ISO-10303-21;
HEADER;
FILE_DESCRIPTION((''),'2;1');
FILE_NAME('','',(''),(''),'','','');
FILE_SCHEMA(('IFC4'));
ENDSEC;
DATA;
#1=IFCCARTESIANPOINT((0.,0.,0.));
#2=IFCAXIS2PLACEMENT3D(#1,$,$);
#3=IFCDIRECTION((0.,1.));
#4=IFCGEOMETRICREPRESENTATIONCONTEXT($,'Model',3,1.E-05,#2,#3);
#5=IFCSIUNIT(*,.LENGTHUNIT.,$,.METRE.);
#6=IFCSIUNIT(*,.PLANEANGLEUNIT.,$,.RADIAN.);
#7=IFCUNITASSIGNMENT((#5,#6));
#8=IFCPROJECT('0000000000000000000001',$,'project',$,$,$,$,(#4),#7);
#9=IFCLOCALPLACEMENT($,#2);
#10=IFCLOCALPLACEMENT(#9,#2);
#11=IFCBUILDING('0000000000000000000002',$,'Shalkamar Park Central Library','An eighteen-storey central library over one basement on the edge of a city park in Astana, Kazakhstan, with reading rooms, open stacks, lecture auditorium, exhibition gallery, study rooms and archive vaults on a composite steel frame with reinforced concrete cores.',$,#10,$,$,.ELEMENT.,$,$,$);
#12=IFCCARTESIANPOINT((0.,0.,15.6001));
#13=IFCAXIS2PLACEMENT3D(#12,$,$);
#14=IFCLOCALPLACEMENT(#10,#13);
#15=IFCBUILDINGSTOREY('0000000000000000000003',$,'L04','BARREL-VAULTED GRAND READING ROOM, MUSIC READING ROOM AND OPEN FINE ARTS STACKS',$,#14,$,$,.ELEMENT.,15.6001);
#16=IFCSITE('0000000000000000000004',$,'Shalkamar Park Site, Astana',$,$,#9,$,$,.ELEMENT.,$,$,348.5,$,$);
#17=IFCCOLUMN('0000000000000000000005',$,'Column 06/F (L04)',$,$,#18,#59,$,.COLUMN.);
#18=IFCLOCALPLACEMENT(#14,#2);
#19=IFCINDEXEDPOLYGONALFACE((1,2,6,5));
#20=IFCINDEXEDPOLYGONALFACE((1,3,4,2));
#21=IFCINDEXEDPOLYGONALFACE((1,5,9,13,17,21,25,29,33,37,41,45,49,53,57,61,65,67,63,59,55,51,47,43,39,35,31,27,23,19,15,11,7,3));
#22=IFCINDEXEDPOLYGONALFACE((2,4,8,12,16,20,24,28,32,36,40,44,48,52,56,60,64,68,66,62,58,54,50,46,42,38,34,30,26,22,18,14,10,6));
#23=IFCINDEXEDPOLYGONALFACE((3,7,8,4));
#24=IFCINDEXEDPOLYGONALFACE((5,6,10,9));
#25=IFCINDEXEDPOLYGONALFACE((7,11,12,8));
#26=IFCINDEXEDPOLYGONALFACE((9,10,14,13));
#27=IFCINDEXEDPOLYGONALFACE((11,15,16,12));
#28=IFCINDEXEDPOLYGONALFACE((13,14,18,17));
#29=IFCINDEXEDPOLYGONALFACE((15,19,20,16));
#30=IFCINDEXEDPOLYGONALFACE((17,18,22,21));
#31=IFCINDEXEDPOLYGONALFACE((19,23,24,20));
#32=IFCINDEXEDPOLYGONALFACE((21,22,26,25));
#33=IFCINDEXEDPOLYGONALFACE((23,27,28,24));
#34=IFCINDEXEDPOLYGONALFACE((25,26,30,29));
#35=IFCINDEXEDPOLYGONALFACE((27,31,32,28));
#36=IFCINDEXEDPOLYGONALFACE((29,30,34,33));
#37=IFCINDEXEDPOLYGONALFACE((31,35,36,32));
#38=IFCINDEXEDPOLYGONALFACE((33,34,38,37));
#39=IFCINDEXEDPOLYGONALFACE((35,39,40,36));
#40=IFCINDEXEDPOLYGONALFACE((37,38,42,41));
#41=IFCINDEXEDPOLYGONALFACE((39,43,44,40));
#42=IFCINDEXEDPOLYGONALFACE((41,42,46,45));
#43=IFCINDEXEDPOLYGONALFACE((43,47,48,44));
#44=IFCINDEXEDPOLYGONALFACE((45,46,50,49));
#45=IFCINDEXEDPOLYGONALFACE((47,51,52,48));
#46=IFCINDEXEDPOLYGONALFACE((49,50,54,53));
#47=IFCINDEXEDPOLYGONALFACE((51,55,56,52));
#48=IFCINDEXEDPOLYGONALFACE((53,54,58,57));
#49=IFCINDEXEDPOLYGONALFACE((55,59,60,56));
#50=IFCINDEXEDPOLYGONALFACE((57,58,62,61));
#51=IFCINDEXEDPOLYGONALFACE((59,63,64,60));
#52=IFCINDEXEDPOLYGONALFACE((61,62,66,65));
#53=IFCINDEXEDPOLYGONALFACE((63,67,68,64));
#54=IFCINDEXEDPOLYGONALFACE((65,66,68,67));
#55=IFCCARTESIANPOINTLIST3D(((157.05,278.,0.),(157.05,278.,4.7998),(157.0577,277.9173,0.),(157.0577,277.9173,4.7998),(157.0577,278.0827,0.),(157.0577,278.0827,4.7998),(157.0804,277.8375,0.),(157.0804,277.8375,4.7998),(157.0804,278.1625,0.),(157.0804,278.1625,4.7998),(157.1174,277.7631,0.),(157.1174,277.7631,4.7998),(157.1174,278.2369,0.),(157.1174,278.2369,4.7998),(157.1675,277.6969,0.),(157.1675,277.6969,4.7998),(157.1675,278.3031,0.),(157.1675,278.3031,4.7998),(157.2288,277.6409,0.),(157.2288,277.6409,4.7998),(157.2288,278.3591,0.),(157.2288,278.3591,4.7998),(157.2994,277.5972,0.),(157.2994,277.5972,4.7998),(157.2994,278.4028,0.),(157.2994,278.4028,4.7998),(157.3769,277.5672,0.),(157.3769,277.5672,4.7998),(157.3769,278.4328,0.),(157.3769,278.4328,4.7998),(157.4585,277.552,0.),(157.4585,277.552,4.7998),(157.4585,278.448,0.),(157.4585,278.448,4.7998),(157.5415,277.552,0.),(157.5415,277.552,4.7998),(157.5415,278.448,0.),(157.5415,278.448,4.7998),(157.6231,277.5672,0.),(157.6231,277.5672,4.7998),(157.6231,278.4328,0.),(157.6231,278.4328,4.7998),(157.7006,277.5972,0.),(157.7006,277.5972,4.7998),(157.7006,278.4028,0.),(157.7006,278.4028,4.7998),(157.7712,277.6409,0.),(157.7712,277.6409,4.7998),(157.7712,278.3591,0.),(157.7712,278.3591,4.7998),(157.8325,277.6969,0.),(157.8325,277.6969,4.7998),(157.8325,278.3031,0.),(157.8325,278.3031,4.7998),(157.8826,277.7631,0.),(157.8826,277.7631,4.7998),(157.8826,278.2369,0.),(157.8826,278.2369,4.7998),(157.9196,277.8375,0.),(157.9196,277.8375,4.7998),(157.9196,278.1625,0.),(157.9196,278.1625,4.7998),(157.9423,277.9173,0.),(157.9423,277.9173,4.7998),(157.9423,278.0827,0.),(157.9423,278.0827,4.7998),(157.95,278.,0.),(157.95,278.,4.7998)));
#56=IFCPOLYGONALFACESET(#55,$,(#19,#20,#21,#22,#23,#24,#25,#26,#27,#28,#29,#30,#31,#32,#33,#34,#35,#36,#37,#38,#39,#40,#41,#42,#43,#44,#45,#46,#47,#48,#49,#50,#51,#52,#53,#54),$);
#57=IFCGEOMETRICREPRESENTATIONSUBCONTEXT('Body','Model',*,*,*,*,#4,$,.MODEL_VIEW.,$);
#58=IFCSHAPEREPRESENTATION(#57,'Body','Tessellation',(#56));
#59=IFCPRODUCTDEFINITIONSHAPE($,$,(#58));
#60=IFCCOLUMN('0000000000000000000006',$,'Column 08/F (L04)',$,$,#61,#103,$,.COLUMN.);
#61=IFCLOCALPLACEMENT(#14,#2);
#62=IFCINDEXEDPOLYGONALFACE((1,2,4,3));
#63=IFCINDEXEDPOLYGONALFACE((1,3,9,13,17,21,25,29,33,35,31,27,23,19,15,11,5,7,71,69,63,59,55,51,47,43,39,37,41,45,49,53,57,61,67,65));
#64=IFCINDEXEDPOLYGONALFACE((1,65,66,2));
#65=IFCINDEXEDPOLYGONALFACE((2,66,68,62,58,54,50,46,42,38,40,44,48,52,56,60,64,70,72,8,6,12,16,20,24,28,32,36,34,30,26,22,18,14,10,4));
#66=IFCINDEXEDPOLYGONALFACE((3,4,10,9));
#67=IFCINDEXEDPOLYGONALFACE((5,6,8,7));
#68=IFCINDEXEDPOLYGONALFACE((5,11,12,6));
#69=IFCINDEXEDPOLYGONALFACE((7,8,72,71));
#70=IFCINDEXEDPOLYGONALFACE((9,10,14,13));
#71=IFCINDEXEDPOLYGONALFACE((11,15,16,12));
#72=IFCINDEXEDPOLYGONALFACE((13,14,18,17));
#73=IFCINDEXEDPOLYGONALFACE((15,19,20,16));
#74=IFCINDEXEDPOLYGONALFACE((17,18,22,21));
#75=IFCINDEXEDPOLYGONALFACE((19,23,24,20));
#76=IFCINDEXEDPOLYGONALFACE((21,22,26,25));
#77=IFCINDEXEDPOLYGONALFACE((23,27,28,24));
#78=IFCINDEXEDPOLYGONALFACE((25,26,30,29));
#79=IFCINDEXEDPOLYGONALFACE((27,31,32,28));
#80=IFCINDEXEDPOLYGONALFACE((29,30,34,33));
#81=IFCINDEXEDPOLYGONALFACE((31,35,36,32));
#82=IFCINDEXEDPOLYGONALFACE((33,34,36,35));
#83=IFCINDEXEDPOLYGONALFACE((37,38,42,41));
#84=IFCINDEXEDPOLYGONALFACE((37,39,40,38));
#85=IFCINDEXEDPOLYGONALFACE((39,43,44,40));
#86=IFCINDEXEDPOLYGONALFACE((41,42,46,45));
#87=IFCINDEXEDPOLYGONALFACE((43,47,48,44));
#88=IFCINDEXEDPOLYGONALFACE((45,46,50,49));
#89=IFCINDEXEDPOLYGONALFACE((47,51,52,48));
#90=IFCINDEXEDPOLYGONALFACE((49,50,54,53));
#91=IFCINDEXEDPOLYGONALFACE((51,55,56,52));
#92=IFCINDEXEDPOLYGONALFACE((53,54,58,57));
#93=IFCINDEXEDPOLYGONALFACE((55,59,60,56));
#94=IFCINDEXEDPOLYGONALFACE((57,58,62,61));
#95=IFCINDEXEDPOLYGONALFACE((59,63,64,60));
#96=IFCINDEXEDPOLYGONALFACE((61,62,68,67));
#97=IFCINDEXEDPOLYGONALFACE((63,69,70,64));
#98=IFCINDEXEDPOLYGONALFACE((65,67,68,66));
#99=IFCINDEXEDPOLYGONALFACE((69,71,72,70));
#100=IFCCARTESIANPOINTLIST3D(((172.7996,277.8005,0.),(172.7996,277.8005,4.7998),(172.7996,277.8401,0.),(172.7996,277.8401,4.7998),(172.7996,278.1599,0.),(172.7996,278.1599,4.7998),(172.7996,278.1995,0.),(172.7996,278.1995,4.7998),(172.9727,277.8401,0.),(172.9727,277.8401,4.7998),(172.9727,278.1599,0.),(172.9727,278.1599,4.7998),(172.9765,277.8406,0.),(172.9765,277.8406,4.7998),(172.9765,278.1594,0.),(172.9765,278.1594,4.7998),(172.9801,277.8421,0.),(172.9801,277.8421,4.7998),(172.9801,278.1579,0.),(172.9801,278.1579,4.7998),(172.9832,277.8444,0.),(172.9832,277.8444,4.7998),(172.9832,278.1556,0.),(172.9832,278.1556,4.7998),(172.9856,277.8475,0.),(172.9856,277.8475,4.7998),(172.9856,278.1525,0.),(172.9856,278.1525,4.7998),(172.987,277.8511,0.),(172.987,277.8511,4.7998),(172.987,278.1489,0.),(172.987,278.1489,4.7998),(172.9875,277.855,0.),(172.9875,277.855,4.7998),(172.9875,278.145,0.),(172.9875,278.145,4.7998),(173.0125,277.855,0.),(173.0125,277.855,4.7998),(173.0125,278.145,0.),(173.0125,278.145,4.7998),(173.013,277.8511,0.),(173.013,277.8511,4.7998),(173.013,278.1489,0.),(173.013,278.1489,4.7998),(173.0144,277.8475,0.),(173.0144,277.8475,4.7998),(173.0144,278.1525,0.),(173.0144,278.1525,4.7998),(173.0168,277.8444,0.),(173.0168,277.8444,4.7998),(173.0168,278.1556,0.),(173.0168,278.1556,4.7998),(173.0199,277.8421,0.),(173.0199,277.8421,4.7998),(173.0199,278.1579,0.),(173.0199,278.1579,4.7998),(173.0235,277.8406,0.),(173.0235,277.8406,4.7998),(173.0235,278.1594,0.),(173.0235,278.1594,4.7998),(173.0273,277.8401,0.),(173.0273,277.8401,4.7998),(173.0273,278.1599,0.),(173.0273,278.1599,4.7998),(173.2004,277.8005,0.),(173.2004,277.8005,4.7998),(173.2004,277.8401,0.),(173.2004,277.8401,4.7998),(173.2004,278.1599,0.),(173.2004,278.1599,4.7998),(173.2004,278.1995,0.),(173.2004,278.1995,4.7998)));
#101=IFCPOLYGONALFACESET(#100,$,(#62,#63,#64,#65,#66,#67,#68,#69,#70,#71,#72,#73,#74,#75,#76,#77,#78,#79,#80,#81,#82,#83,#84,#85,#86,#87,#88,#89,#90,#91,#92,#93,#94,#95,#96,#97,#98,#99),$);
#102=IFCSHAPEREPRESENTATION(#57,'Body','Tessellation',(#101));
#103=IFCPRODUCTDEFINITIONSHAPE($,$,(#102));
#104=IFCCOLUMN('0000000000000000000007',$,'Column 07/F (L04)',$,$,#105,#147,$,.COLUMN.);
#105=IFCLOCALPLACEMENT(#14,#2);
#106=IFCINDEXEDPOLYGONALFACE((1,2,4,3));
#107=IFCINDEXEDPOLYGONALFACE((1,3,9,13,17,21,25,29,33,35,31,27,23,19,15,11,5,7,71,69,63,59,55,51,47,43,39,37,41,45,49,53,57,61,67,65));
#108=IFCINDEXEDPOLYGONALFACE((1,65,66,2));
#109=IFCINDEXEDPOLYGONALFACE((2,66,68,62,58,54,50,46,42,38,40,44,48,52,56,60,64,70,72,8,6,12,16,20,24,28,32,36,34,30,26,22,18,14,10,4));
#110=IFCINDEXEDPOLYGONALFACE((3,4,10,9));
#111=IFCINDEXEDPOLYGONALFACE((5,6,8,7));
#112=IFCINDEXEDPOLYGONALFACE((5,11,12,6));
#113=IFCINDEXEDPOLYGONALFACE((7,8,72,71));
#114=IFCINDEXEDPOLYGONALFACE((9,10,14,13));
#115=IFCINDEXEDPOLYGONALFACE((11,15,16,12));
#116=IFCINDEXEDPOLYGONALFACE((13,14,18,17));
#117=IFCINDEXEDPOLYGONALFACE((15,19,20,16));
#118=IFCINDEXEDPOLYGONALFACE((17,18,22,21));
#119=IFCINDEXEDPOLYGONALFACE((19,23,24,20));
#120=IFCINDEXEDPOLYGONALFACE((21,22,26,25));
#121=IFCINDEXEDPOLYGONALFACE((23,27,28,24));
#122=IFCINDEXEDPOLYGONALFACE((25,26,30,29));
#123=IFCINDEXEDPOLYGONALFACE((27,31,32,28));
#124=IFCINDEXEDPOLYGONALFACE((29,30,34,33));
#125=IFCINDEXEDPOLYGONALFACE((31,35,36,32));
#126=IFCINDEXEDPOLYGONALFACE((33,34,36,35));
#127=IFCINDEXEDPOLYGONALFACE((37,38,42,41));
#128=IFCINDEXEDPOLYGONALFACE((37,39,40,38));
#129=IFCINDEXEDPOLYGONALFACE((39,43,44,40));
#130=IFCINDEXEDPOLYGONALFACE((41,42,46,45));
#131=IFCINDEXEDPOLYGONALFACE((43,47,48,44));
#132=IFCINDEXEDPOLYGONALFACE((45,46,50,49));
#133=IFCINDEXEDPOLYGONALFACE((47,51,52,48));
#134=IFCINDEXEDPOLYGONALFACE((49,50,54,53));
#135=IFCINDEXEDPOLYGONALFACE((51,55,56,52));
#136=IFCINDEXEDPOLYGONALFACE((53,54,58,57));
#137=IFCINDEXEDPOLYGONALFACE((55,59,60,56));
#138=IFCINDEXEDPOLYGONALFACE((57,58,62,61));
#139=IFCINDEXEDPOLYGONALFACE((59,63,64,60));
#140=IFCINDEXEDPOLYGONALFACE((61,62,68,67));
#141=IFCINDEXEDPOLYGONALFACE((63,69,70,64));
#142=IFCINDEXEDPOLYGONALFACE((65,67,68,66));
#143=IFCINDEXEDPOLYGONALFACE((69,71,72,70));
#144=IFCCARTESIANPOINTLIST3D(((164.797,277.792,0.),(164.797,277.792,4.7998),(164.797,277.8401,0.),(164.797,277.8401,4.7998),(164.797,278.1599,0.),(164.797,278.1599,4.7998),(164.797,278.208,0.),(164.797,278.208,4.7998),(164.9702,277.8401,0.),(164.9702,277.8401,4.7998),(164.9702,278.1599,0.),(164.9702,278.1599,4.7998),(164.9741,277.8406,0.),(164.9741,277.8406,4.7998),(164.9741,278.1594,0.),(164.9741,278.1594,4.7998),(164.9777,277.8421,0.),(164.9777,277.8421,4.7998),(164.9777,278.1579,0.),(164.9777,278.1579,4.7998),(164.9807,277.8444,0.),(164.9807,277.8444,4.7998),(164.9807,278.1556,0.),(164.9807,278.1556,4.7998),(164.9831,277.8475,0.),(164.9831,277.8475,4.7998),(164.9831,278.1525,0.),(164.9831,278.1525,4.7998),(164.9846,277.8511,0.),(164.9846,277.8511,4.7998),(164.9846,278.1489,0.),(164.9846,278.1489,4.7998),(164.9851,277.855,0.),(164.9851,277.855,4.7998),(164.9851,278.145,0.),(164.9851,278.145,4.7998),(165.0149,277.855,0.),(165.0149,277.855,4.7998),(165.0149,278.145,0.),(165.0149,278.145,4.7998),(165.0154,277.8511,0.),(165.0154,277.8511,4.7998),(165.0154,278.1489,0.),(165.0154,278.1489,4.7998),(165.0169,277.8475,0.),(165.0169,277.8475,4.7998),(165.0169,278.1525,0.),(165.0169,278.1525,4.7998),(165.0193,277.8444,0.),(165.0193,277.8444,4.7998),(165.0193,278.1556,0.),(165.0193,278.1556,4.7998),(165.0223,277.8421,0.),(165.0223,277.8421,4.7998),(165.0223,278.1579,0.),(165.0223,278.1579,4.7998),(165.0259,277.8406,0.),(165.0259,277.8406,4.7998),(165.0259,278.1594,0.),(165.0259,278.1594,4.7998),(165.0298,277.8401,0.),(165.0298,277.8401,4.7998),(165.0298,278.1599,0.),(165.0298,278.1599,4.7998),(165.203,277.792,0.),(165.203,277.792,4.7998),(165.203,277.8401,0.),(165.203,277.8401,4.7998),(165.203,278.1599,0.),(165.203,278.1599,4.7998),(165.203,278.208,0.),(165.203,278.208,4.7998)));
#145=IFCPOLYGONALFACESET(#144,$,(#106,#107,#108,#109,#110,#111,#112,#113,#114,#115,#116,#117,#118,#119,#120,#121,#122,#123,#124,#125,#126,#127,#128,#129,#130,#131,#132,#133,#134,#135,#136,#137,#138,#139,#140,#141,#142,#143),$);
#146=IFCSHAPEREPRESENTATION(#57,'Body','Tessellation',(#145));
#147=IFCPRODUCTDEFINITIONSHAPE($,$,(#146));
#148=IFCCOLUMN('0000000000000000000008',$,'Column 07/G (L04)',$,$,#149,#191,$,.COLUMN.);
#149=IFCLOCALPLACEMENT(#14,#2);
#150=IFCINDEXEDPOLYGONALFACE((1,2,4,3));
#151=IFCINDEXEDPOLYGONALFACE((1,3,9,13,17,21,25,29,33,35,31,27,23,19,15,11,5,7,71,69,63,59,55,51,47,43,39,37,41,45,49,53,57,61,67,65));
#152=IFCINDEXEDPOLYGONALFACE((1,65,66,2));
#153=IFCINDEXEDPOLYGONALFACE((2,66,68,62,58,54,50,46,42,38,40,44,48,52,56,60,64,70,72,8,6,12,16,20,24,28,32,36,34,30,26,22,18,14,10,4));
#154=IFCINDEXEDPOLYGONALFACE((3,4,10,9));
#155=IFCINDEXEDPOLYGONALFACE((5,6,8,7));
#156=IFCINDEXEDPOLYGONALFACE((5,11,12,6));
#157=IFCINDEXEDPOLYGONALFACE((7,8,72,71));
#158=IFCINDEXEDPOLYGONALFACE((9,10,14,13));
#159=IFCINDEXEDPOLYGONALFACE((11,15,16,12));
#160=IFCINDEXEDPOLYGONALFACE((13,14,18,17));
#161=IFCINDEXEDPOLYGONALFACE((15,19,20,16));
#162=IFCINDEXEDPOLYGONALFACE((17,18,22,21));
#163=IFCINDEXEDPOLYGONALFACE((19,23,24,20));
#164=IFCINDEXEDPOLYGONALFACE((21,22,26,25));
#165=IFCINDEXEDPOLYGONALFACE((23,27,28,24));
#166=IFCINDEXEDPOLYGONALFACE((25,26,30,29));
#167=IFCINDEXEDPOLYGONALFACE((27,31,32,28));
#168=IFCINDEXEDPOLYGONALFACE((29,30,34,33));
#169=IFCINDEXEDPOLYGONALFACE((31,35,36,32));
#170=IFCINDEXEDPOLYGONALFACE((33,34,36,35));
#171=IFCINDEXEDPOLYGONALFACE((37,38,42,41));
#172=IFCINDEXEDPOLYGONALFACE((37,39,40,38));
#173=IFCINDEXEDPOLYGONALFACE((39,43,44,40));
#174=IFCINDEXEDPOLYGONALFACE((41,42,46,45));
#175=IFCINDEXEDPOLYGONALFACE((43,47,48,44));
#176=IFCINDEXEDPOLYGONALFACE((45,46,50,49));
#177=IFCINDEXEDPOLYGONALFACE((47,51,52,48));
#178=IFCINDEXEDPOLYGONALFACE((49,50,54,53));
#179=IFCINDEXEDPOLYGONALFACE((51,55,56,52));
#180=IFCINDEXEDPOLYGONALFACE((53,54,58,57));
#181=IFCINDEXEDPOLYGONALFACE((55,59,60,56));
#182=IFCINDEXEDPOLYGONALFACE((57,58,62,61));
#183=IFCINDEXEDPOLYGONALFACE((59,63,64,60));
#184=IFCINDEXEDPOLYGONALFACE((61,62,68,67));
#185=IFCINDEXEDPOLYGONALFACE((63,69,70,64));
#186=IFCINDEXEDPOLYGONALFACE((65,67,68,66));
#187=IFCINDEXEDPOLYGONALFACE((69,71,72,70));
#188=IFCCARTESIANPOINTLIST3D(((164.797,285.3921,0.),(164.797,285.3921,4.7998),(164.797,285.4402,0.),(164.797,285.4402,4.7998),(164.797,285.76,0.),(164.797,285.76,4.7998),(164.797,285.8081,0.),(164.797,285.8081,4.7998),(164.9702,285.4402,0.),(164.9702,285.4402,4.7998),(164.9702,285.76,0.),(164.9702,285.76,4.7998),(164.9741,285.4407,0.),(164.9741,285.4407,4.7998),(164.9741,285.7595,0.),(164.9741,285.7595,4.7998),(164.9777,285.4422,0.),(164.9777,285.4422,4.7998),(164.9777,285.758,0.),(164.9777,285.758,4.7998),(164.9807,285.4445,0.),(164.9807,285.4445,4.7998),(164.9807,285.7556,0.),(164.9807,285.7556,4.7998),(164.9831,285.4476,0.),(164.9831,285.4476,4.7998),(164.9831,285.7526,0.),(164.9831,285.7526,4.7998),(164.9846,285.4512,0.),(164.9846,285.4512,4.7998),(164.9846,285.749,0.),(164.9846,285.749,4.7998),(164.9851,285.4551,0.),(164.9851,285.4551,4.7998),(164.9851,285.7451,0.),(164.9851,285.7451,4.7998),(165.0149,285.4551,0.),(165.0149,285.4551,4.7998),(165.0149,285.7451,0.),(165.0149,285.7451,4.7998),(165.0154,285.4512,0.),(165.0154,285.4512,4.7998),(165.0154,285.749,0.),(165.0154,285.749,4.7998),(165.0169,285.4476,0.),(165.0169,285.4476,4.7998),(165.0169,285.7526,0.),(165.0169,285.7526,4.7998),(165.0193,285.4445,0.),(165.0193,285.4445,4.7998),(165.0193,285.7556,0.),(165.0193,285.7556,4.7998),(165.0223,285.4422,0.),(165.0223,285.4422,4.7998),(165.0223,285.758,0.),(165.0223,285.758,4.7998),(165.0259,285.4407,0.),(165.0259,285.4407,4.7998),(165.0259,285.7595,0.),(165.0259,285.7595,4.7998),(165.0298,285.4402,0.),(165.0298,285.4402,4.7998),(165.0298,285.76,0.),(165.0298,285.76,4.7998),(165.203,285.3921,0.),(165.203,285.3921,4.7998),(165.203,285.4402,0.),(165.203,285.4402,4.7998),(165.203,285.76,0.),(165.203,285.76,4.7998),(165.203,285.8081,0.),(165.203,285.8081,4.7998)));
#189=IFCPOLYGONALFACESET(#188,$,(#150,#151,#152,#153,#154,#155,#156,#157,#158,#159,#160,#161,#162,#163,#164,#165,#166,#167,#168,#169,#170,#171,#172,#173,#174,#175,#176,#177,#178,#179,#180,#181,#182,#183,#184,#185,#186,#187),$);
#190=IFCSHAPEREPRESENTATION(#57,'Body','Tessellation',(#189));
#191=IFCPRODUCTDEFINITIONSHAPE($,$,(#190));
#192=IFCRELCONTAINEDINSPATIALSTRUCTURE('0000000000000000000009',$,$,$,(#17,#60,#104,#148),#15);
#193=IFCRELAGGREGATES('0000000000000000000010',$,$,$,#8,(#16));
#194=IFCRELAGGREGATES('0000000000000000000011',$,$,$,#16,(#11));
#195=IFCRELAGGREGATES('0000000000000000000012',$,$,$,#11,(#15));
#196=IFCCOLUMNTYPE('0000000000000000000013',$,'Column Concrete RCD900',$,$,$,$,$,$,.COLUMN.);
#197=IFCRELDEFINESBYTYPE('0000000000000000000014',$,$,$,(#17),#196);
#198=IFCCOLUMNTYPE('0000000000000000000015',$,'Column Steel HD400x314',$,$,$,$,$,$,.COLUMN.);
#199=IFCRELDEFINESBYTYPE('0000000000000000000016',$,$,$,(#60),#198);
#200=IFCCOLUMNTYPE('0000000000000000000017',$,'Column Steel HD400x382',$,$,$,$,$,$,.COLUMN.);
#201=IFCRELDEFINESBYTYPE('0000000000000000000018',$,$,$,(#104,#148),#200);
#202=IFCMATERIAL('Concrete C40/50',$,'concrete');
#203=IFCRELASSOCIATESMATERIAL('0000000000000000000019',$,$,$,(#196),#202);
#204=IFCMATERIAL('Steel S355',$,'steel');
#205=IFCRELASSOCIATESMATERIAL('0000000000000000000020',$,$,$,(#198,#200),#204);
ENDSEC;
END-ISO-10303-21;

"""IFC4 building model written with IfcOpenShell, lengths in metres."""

from ifc_helpers import new_model, si_unit, direction, frame, origin, origin_2d, place, context, subcontext, project, spatial, circle, i_section, extrude, material, material_profile, profile_set, type_object, element, save


model = new_model("IFC4")

# Units and contexts
model_context = context("Model", 3, precision=1e-05, world=origin(), true_north=direction((0.0, 1.0)))
body_context = subcontext(model_context, "Body", "Model", "MODEL_VIEW")
ifc_project = project(units=[si_unit("LENGTHUNIT", "METRE"), si_unit("PLANEANGLEUNIT", "RADIAN")], contexts=[model_context])

# Site, building, storey
site_placement = place(None, origin())
site = spatial("IfcSite", under=ifc_project, at=site_placement, Name="Shalkamar Park Site, Astana", CompositionType="ELEMENT", RefElevation=348.5)
building_placement = place(site_placement, origin())
building = spatial("IfcBuilding", under=site, at=building_placement, Name="Shalkamar Park Central Library", Description="An eighteen-storey central library over one basement on the edge of a city park in Astana, Kazakhstan, with reading rooms, open stacks, lecture auditorium, exhibition gallery, study rooms and archive vaults on a composite steel frame with reinforced concrete cores.", CompositionType="ELEMENT")
storey_placement = place(building_placement, frame((0.0, 0.0, 15.6001)))
storey = spatial("IfcBuildingStorey", under=building, at=storey_placement, Name="L04", Description="BARREL-VAULTED GRAND READING ROOM, MUSIC READING ROOM AND OPEN FINE ARTS STACKS", CompositionType="ELEMENT", Elevation=15.6001)

# Columns
ifc_material_1 = material(Name="Concrete C40/50", Category="concrete")
ifc_material_profile_1 = material_profile(ifc_material_1, circle(Radius=0.45, at=origin_2d()), Name="RC D900")
ifc_profile_set_1 = profile_set([ifc_material_profile_1], Name="Concrete C40/50")
column_type_1 = type_object("IfcColumnType", Name="Column Concrete RCD900", PredefinedType="COLUMN", material=ifc_profile_set_1)
column_1_placement = place(storey_placement, frame((157.5, 278.0, 0.0), z_axis=(0.0, 0.0, 1.0), x_axis=(1.0, 0.0, 0.0)))
element("IfcColumn", 1, at=column_1_placement, inside=storey, type_object=column_type_1, Name="Column 06/F (L04)", PredefinedType="COLUMN", context=body_context, shape_type="SweptSolid", body=[
    extrude(circle(Radius=0.45, at=origin_2d()), origin(), (0.0, 0.0, 1.0), 4.7998),
])
ifc_material_2 = material(Name="Steel S355", Category="steel")
ifc_material_profile_2 = material_profile(ifc_material_2, i_section(OverallWidth=0.4009, OverallDepth=0.3989, WebThickness=0.0249, FlangeThickness=0.0396, FilletRadius=0.0149, at=origin_2d()), Name="HD 400x314")
ifc_profile_set_2 = profile_set([ifc_material_profile_2], Name="Steel S355")
column_type_2 = type_object("IfcColumnType", Name="Column Steel HD400x314", PredefinedType="COLUMN", material=ifc_profile_set_2)
column_2_placement = place(storey_placement, frame((173.0, 278.0, 0.0), z_axis=(0.0, 0.0, 1.0), x_axis=(1.0, 0.0, 0.0)))
element("IfcColumn", 2, at=column_2_placement, inside=storey, type_object=column_type_2, Name="Column 08/F (L04)", PredefinedType="COLUMN", context=body_context, shape_type="SweptSolid", body=[
    extrude(i_section(OverallWidth=0.4009, OverallDepth=0.3989, WebThickness=0.0249, FlangeThickness=0.0396, FilletRadius=0.0149, at=origin_2d()), origin(), (0.0, 0.0, 1.0), 4.7998),
])
ifc_material_profile_3 = material_profile(ifc_material_2, i_section(OverallWidth=0.406, OverallDepth=0.416, WebThickness=0.0298, FlangeThickness=0.0481, FilletRadius=0.0149, at=origin_2d()), Name="HD 400x382")
ifc_profile_set_3 = profile_set([ifc_material_profile_3], Name="Steel S355")
column_type_3 = type_object("IfcColumnType", Name="Column Steel HD400x382", PredefinedType="COLUMN", material=ifc_profile_set_3)
for number, where, z_axis, x_axis, name in (
    (3, (165.0, 278.0, 0.0), (0.0, 0.0, 1.0), (1.0, 0.0, 0.0), "Column 07/F (L04)"),
    (4, (165.0, 285.6001, 0.0), (0.0, 0.0, 1.0), (1.0, 0.0, 0.0), "Column 07/G (L04)"),
):
    element("IfcColumn", number, at=place(storey_placement, frame(where, z_axis=z_axis, x_axis=x_axis)), inside=storey, type_object=column_type_3, Name=name, PredefinedType="COLUMN", context=body_context, shape_type="SweptSolid", body=[
        extrude(i_section(OverallWidth=0.406, OverallDepth=0.416, WebThickness=0.0298, FlangeThickness=0.0481, FilletRadius=0.0149, at=origin_2d()), origin(), (0.0, 0.0, 1.0), 4.7998),
    ])

save(model, "model.ifc")
